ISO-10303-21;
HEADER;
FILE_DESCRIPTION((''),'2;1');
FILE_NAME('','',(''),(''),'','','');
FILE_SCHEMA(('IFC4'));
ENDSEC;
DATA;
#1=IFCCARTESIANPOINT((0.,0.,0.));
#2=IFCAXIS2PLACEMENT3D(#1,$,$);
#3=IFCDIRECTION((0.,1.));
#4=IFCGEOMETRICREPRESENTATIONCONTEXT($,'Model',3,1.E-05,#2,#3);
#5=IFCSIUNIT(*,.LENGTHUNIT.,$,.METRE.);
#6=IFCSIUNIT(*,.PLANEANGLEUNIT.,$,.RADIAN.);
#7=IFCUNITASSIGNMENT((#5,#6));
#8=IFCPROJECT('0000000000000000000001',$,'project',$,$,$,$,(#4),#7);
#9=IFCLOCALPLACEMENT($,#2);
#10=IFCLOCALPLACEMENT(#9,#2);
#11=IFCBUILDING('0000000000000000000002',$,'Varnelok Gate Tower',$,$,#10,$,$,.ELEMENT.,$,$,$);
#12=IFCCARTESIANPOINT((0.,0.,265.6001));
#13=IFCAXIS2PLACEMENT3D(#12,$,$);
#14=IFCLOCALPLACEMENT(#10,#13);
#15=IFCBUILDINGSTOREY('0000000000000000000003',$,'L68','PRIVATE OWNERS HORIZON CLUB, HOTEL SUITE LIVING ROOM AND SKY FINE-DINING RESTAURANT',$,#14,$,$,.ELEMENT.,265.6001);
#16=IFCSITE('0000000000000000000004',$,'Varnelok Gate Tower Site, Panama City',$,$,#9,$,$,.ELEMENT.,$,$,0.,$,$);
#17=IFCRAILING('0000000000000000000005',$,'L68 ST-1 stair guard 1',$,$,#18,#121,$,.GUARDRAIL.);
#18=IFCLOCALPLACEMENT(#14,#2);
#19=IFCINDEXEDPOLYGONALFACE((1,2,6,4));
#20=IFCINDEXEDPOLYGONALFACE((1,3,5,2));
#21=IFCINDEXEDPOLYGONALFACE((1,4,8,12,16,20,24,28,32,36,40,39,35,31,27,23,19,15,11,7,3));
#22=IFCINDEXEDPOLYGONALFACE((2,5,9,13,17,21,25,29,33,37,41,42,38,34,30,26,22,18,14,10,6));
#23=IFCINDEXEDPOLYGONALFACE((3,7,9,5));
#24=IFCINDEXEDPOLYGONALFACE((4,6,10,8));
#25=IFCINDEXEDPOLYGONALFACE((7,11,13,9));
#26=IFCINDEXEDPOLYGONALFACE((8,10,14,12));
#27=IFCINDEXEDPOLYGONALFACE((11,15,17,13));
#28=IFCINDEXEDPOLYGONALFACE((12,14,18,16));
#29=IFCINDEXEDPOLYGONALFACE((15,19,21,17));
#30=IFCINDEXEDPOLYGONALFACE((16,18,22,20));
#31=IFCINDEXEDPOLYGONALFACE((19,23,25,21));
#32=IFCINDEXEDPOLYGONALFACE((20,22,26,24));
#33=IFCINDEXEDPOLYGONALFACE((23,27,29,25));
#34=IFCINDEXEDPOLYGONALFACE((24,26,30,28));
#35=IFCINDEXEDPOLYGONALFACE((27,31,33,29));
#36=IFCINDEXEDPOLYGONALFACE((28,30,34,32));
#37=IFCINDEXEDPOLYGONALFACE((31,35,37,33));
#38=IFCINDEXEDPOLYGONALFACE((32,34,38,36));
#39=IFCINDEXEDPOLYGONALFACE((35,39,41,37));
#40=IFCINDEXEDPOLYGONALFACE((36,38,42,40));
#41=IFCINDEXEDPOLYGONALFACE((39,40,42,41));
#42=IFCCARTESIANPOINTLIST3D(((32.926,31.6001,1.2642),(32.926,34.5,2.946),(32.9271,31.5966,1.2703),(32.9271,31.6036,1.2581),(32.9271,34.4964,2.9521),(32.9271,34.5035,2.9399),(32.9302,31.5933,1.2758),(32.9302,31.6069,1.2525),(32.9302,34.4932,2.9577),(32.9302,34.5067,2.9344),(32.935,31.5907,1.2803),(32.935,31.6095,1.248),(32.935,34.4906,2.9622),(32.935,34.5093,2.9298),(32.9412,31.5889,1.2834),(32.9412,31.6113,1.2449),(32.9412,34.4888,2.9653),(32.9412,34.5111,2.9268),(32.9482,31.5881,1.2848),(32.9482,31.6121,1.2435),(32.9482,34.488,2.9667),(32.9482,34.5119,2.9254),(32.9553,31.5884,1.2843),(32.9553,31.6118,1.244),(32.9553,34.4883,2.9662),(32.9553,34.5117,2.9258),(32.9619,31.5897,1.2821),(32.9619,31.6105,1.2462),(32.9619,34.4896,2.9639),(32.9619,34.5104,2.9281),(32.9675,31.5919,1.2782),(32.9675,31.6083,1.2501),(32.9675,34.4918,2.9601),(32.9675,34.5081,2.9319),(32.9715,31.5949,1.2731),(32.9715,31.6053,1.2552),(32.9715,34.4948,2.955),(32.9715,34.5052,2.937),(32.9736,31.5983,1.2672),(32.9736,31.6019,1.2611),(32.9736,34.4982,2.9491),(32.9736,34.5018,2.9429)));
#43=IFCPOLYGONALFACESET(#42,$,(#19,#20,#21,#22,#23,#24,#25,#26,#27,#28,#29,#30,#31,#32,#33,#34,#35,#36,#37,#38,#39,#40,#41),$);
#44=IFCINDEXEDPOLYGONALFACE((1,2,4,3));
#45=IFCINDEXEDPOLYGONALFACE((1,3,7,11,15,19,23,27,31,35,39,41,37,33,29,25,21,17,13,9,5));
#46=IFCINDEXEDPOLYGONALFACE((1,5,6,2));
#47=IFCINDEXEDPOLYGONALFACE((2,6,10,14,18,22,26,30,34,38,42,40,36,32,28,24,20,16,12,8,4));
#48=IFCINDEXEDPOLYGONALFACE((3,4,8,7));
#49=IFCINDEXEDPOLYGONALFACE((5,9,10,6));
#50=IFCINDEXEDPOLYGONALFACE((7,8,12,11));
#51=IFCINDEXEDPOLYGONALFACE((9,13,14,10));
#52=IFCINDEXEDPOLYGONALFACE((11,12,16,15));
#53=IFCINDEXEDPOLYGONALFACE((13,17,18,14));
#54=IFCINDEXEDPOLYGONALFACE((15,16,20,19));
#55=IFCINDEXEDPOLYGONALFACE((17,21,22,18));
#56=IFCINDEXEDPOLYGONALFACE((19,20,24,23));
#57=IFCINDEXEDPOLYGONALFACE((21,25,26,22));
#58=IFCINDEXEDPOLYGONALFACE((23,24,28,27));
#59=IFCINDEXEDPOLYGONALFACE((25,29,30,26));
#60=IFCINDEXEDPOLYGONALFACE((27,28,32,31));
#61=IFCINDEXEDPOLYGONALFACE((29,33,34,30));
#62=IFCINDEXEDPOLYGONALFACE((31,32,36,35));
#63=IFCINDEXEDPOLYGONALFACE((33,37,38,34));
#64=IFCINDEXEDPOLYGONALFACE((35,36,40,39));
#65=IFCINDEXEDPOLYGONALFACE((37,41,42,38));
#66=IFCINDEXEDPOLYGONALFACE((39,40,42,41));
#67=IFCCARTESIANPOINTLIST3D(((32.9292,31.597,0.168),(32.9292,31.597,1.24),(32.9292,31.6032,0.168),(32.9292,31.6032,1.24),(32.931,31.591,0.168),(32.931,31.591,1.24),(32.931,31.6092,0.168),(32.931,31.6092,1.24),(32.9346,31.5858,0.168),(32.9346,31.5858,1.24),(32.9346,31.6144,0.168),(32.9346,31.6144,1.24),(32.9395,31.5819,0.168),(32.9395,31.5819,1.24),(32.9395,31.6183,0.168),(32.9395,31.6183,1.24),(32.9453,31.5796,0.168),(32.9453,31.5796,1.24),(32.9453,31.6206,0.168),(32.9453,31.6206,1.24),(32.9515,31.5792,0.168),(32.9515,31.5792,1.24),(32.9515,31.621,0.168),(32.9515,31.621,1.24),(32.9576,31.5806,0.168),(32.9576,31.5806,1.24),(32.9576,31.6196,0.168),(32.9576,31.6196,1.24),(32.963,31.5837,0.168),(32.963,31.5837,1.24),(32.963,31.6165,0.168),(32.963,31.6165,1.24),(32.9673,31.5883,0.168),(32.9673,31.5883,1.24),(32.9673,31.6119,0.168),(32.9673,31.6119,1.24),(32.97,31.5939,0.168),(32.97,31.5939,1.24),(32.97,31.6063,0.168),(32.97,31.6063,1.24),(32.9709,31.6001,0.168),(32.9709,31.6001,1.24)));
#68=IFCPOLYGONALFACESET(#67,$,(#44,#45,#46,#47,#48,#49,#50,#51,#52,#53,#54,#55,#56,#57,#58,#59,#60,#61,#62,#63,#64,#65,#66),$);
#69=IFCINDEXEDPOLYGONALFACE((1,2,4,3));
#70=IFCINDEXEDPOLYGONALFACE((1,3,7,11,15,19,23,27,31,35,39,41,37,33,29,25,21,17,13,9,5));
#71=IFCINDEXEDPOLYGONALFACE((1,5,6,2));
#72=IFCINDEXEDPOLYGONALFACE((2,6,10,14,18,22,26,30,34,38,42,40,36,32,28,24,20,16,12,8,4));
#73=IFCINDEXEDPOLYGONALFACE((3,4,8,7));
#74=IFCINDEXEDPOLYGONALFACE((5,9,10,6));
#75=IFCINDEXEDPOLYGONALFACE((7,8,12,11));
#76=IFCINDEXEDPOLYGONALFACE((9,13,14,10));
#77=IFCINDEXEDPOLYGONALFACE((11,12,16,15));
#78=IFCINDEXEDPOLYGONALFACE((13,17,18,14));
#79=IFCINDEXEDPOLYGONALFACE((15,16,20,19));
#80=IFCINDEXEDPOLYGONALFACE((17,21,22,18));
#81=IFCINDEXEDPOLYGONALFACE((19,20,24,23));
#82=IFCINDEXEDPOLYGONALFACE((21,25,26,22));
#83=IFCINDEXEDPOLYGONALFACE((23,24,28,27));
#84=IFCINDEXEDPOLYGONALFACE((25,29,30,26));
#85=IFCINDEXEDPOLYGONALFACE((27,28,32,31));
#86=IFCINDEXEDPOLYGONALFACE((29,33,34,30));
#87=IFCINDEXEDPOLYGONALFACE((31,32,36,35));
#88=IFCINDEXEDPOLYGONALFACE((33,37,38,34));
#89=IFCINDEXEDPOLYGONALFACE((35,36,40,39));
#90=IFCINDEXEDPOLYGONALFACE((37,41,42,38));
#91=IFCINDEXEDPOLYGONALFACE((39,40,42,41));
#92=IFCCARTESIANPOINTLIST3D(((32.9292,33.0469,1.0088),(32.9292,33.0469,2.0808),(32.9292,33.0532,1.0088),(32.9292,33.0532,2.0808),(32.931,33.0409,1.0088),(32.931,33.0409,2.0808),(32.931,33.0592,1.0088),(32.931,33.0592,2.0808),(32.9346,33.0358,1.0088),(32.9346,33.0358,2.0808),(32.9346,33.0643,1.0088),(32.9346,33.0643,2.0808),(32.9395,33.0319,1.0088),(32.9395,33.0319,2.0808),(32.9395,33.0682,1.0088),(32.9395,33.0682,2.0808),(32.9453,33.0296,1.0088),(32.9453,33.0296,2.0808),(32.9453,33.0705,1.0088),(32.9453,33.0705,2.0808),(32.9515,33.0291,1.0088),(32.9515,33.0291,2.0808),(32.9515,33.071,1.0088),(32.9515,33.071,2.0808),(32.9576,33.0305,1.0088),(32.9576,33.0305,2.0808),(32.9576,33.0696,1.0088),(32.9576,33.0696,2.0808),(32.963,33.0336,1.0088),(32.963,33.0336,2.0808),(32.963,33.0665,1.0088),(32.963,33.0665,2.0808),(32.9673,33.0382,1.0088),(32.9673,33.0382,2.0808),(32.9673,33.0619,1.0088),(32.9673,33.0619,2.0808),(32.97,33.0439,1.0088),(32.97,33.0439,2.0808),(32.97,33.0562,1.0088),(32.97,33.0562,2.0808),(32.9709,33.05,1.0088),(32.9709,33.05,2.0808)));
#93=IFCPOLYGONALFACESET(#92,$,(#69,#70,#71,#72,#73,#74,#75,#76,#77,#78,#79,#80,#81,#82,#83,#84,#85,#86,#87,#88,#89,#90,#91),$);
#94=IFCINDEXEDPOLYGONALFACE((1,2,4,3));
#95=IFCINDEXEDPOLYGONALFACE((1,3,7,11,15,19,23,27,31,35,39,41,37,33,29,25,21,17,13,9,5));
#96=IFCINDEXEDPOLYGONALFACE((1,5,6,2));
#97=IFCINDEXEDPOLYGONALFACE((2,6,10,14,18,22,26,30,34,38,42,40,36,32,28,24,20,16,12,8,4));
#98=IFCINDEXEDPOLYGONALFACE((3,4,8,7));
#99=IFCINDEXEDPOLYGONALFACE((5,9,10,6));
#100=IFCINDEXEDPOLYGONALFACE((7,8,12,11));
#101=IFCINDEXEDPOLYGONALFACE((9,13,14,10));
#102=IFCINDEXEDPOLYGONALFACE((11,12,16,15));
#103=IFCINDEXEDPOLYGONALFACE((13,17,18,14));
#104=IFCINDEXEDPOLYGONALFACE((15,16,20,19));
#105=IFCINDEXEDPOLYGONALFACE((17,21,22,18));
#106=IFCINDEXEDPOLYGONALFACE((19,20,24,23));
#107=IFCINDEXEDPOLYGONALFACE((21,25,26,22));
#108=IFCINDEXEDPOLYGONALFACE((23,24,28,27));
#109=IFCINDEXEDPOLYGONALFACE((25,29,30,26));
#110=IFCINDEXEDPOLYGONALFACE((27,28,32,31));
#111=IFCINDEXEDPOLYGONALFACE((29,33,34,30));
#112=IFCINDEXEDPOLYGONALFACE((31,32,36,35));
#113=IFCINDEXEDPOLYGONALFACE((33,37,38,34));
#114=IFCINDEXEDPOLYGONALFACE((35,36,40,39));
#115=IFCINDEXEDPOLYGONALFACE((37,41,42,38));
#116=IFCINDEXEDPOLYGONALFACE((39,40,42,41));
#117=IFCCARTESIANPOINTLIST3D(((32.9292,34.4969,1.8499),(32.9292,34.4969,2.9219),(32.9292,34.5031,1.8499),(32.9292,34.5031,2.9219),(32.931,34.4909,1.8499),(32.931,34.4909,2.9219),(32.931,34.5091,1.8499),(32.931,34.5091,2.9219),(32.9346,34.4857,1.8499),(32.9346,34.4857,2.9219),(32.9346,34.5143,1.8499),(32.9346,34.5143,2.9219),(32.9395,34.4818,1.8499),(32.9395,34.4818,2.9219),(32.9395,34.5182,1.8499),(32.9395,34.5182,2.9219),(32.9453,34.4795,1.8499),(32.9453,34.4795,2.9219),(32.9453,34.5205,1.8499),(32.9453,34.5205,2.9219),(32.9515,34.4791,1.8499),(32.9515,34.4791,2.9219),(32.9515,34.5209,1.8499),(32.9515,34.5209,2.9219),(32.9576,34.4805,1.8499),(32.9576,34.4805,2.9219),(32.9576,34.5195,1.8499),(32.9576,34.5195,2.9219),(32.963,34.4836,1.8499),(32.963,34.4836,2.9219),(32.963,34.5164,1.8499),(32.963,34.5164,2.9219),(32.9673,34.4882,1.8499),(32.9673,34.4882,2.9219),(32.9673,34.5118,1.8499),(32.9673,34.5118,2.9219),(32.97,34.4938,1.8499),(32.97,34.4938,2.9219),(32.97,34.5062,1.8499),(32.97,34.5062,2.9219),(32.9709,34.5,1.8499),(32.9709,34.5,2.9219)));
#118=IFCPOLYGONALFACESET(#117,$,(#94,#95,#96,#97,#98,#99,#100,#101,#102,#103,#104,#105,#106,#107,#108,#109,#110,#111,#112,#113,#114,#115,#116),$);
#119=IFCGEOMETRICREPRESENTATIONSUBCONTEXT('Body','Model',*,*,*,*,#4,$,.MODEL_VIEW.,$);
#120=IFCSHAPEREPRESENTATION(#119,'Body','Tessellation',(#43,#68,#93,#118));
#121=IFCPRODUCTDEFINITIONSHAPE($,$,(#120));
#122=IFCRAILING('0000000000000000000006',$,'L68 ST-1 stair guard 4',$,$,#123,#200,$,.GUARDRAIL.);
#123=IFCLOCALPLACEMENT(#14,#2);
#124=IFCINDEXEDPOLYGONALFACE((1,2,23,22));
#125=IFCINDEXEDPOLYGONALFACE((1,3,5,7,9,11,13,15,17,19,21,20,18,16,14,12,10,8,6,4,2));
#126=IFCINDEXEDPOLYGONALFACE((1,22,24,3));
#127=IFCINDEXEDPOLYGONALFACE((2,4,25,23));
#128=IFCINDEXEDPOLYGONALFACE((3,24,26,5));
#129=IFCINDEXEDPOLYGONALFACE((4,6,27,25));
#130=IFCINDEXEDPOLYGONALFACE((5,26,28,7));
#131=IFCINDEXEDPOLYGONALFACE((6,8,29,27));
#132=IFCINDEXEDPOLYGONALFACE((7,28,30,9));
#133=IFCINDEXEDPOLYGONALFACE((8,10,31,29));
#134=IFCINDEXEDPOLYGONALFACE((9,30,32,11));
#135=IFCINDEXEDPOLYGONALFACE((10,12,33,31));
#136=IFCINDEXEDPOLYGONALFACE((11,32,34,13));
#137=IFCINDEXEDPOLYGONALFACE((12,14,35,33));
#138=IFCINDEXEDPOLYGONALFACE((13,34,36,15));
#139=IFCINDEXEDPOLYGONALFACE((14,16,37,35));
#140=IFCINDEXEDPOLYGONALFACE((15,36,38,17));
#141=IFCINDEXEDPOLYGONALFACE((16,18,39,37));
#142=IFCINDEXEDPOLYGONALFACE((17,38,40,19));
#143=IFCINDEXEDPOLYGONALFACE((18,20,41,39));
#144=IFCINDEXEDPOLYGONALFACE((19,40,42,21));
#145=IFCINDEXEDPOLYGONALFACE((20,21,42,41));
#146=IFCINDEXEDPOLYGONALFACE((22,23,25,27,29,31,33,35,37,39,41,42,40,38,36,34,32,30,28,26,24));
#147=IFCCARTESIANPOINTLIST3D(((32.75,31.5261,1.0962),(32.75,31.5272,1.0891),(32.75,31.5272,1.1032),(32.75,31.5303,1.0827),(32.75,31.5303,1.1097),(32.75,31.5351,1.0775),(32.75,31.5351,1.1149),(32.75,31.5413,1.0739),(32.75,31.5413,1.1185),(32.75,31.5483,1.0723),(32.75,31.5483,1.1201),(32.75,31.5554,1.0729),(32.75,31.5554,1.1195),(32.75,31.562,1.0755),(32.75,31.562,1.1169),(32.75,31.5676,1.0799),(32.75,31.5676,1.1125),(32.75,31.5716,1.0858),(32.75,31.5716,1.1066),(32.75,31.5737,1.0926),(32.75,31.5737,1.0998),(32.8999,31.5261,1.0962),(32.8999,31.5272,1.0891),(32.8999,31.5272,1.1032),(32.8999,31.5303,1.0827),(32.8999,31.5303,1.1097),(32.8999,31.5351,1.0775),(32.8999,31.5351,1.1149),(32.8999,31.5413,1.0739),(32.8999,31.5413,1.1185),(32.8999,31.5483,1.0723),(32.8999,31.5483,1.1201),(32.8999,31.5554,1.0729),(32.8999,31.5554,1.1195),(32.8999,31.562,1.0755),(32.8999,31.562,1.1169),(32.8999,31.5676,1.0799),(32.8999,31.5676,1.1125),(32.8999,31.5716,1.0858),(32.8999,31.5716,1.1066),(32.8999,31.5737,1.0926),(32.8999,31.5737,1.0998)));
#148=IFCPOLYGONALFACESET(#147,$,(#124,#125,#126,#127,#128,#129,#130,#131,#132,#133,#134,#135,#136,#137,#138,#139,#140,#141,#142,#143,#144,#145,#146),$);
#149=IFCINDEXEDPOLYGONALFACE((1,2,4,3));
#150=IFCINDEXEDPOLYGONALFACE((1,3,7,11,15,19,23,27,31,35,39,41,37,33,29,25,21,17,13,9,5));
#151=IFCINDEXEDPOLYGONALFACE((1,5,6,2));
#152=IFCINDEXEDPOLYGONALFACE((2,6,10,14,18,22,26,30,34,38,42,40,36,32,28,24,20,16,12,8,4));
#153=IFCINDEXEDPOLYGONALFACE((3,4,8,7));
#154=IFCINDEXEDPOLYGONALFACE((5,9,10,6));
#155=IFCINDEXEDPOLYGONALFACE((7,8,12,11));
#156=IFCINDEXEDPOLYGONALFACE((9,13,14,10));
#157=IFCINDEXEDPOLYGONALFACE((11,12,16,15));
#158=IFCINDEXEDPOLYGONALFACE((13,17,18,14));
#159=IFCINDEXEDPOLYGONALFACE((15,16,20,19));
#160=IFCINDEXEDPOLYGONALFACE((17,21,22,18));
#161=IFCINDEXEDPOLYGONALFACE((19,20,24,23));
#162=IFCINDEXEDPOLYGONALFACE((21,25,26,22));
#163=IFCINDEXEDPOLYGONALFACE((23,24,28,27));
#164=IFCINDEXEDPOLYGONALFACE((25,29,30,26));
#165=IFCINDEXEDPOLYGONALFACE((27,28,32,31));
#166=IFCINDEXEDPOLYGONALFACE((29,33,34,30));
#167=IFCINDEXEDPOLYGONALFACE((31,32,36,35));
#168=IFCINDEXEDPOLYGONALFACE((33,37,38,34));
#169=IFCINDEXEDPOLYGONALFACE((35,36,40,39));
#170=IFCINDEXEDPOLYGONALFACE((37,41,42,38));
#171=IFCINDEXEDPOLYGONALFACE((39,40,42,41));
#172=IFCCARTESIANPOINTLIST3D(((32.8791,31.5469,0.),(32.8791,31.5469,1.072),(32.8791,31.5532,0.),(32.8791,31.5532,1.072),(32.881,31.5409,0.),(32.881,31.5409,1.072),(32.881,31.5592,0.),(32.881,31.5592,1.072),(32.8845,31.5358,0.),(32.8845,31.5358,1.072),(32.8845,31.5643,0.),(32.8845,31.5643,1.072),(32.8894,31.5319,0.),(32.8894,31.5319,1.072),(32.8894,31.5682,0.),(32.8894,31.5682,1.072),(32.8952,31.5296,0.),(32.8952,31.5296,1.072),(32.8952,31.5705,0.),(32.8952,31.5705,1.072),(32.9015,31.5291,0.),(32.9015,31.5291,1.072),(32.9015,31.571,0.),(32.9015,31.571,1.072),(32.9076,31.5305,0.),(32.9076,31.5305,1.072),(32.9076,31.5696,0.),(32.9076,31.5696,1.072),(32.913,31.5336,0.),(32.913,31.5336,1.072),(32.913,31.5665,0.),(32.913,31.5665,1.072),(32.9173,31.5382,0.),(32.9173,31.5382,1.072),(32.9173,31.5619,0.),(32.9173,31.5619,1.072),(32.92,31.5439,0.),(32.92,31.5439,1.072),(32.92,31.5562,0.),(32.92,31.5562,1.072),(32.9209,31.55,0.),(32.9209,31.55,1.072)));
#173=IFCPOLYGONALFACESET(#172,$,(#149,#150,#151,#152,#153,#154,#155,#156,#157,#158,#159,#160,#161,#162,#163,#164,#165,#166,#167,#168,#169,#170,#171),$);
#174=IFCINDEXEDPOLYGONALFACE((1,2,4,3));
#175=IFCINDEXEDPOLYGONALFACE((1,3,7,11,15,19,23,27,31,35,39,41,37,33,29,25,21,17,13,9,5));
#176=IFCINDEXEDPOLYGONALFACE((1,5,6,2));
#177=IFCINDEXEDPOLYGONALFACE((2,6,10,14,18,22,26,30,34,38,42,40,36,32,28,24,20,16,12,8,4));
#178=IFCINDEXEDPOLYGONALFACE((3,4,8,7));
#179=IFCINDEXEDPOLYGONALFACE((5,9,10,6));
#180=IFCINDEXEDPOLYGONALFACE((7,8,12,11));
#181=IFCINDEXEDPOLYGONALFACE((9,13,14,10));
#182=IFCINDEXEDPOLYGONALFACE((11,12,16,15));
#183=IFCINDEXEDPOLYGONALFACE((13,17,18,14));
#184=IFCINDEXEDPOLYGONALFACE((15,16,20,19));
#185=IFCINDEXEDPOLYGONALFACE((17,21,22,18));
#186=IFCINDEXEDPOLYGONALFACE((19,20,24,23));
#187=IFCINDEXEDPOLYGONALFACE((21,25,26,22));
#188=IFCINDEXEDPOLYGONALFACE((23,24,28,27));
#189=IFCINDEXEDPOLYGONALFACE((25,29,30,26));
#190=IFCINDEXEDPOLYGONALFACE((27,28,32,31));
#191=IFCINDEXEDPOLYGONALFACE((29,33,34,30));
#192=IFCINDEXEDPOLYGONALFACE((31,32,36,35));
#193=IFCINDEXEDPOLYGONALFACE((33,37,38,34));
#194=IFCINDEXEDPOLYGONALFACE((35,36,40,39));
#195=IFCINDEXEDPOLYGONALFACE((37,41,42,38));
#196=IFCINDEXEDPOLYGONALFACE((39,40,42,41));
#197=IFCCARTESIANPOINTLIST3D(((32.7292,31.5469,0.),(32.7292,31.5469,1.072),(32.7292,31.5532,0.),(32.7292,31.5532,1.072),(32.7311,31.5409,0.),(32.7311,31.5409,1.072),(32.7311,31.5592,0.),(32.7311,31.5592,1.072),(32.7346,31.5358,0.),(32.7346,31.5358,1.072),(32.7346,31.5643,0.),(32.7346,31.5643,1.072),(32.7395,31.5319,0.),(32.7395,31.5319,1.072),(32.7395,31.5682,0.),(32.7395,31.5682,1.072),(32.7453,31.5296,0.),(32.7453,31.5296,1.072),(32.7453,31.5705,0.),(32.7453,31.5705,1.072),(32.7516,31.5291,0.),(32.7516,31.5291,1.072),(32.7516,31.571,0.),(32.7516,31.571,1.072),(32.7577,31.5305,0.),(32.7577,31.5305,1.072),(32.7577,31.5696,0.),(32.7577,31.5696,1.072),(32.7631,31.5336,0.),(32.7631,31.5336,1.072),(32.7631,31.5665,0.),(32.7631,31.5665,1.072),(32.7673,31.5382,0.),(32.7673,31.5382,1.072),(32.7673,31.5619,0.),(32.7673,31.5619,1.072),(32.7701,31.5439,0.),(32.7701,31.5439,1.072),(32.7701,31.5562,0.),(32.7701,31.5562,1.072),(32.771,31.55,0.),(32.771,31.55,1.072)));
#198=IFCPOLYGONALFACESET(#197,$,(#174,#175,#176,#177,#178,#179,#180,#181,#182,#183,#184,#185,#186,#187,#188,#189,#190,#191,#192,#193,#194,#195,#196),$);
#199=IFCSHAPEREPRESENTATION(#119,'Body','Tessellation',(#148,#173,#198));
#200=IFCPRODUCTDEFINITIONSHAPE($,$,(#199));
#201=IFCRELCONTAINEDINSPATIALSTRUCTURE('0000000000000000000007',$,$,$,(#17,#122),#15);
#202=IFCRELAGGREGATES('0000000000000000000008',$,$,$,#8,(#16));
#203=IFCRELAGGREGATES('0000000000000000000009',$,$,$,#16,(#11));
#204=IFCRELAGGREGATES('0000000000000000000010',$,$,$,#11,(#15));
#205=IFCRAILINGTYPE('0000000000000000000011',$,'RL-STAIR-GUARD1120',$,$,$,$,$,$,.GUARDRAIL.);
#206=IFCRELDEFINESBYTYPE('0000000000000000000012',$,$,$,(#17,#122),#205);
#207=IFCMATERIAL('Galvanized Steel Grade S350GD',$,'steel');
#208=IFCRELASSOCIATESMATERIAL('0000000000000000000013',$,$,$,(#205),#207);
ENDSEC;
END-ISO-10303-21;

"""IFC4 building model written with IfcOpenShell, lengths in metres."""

from ifc_helpers import new_model, si_unit, direction, frame, origin, origin_2d, place, context, subcontext, project, spatial, circle, extrude, material, type_object, element, save


model = new_model("IFC4")

# Units and contexts
model_context = context("Model", 3, precision=1e-05, world=origin(), true_north=direction((0.0, 1.0)))
body_context = subcontext(model_context, "Body", "Model", "MODEL_VIEW")
ifc_project = project(units=[si_unit("LENGTHUNIT", "METRE"), si_unit("PLANEANGLEUNIT", "RADIAN")], contexts=[model_context])

# Site, building, storey
site_placement = place(None, origin())
site = spatial("IfcSite", under=ifc_project, at=site_placement, Name="Varnelok Gate Tower Site, Panama City", CompositionType="ELEMENT", RefElevation=0.0)
building_placement = place(site_placement, origin())
building = spatial("IfcBuilding", under=site, at=building_placement, Name="Varnelok Gate Tower", CompositionType="ELEMENT")
storey_placement = place(building_placement, frame((0.0, 0.0, 265.6001)))
storey = spatial("IfcBuildingStorey", under=building, at=storey_placement, Name="L68", Description="PRIVATE OWNERS HORIZON CLUB, HOTEL SUITE LIVING ROOM AND SKY FINE-DINING RESTAURANT", CompositionType="ELEMENT", Elevation=265.6001)

# Shared definitions
ifc_material_1 = material(Name="Galvanized Steel Grade S350GD", Category="steel")

# Railings
railing_type_1 = type_object("IfcRailingType", Name="RL-STAIR-GUARD1120", PredefinedType="GUARDRAIL", material=ifc_material_1)
railing_1_placement = place(storey_placement, frame((32.95, 31.6001, 0.168)))
element("IfcRailing", 1, at=railing_1_placement, inside=storey, type_object=railing_type_1, Name="L68 ST-1 stair guard 1", PredefinedType="GUARDRAIL", context=body_context, shape_type="SweptSolid", body=[
    extrude(circle(Radius=0.0239, at=origin_2d()), frame((0.0, 0.0, 1.0962), z_axis=(0.0, 0.865039, 0.501705), x_axis=(-1.0, 0.0, 0.0)), (0.0, 0.0, 1.0), 3.3523),
    extrude(circle(Radius=0.021, at=origin_2d()), origin(), (0.0, 0.0, 1.0), 1.072),
    extrude(circle(Radius=0.021, at=origin_2d()), frame((0.0, 1.45, 0.8408)), (0.0, 0.0, 1.0), 1.072),
    extrude(circle(Radius=0.021, at=origin_2d()), frame((0.0, 2.8999, 1.6819)), (0.0, 0.0, 1.0), 1.072),
])
railing_2_placement = place(storey_placement, frame((32.8999, 31.55, 0.0)))
element("IfcRailing", 2, at=railing_2_placement, inside=storey, type_object=railing_type_1, Name="L68 ST-1 stair guard 4", PredefinedType="GUARDRAIL", context=body_context, shape_type="SweptSolid", body=[
    extrude(circle(Radius=0.0239, at=origin_2d()), frame((0.0, 0.0, 1.0962), z_axis=(-1.0, 0.0, 0.0), x_axis=(0.0, -1.0, 0.0)), (0.0, 0.0, 1.0), 0.1499),
    extrude(circle(Radius=0.021, at=origin_2d()), origin(), (0.0, 0.0, 1.0), 1.072),
    extrude(circle(Radius=0.021, at=origin_2d()), frame((-0.1499, 0.0, 0.0)), (0.0, 0.0, 1.0), 1.072),
])

save(model, "model.ifc")
